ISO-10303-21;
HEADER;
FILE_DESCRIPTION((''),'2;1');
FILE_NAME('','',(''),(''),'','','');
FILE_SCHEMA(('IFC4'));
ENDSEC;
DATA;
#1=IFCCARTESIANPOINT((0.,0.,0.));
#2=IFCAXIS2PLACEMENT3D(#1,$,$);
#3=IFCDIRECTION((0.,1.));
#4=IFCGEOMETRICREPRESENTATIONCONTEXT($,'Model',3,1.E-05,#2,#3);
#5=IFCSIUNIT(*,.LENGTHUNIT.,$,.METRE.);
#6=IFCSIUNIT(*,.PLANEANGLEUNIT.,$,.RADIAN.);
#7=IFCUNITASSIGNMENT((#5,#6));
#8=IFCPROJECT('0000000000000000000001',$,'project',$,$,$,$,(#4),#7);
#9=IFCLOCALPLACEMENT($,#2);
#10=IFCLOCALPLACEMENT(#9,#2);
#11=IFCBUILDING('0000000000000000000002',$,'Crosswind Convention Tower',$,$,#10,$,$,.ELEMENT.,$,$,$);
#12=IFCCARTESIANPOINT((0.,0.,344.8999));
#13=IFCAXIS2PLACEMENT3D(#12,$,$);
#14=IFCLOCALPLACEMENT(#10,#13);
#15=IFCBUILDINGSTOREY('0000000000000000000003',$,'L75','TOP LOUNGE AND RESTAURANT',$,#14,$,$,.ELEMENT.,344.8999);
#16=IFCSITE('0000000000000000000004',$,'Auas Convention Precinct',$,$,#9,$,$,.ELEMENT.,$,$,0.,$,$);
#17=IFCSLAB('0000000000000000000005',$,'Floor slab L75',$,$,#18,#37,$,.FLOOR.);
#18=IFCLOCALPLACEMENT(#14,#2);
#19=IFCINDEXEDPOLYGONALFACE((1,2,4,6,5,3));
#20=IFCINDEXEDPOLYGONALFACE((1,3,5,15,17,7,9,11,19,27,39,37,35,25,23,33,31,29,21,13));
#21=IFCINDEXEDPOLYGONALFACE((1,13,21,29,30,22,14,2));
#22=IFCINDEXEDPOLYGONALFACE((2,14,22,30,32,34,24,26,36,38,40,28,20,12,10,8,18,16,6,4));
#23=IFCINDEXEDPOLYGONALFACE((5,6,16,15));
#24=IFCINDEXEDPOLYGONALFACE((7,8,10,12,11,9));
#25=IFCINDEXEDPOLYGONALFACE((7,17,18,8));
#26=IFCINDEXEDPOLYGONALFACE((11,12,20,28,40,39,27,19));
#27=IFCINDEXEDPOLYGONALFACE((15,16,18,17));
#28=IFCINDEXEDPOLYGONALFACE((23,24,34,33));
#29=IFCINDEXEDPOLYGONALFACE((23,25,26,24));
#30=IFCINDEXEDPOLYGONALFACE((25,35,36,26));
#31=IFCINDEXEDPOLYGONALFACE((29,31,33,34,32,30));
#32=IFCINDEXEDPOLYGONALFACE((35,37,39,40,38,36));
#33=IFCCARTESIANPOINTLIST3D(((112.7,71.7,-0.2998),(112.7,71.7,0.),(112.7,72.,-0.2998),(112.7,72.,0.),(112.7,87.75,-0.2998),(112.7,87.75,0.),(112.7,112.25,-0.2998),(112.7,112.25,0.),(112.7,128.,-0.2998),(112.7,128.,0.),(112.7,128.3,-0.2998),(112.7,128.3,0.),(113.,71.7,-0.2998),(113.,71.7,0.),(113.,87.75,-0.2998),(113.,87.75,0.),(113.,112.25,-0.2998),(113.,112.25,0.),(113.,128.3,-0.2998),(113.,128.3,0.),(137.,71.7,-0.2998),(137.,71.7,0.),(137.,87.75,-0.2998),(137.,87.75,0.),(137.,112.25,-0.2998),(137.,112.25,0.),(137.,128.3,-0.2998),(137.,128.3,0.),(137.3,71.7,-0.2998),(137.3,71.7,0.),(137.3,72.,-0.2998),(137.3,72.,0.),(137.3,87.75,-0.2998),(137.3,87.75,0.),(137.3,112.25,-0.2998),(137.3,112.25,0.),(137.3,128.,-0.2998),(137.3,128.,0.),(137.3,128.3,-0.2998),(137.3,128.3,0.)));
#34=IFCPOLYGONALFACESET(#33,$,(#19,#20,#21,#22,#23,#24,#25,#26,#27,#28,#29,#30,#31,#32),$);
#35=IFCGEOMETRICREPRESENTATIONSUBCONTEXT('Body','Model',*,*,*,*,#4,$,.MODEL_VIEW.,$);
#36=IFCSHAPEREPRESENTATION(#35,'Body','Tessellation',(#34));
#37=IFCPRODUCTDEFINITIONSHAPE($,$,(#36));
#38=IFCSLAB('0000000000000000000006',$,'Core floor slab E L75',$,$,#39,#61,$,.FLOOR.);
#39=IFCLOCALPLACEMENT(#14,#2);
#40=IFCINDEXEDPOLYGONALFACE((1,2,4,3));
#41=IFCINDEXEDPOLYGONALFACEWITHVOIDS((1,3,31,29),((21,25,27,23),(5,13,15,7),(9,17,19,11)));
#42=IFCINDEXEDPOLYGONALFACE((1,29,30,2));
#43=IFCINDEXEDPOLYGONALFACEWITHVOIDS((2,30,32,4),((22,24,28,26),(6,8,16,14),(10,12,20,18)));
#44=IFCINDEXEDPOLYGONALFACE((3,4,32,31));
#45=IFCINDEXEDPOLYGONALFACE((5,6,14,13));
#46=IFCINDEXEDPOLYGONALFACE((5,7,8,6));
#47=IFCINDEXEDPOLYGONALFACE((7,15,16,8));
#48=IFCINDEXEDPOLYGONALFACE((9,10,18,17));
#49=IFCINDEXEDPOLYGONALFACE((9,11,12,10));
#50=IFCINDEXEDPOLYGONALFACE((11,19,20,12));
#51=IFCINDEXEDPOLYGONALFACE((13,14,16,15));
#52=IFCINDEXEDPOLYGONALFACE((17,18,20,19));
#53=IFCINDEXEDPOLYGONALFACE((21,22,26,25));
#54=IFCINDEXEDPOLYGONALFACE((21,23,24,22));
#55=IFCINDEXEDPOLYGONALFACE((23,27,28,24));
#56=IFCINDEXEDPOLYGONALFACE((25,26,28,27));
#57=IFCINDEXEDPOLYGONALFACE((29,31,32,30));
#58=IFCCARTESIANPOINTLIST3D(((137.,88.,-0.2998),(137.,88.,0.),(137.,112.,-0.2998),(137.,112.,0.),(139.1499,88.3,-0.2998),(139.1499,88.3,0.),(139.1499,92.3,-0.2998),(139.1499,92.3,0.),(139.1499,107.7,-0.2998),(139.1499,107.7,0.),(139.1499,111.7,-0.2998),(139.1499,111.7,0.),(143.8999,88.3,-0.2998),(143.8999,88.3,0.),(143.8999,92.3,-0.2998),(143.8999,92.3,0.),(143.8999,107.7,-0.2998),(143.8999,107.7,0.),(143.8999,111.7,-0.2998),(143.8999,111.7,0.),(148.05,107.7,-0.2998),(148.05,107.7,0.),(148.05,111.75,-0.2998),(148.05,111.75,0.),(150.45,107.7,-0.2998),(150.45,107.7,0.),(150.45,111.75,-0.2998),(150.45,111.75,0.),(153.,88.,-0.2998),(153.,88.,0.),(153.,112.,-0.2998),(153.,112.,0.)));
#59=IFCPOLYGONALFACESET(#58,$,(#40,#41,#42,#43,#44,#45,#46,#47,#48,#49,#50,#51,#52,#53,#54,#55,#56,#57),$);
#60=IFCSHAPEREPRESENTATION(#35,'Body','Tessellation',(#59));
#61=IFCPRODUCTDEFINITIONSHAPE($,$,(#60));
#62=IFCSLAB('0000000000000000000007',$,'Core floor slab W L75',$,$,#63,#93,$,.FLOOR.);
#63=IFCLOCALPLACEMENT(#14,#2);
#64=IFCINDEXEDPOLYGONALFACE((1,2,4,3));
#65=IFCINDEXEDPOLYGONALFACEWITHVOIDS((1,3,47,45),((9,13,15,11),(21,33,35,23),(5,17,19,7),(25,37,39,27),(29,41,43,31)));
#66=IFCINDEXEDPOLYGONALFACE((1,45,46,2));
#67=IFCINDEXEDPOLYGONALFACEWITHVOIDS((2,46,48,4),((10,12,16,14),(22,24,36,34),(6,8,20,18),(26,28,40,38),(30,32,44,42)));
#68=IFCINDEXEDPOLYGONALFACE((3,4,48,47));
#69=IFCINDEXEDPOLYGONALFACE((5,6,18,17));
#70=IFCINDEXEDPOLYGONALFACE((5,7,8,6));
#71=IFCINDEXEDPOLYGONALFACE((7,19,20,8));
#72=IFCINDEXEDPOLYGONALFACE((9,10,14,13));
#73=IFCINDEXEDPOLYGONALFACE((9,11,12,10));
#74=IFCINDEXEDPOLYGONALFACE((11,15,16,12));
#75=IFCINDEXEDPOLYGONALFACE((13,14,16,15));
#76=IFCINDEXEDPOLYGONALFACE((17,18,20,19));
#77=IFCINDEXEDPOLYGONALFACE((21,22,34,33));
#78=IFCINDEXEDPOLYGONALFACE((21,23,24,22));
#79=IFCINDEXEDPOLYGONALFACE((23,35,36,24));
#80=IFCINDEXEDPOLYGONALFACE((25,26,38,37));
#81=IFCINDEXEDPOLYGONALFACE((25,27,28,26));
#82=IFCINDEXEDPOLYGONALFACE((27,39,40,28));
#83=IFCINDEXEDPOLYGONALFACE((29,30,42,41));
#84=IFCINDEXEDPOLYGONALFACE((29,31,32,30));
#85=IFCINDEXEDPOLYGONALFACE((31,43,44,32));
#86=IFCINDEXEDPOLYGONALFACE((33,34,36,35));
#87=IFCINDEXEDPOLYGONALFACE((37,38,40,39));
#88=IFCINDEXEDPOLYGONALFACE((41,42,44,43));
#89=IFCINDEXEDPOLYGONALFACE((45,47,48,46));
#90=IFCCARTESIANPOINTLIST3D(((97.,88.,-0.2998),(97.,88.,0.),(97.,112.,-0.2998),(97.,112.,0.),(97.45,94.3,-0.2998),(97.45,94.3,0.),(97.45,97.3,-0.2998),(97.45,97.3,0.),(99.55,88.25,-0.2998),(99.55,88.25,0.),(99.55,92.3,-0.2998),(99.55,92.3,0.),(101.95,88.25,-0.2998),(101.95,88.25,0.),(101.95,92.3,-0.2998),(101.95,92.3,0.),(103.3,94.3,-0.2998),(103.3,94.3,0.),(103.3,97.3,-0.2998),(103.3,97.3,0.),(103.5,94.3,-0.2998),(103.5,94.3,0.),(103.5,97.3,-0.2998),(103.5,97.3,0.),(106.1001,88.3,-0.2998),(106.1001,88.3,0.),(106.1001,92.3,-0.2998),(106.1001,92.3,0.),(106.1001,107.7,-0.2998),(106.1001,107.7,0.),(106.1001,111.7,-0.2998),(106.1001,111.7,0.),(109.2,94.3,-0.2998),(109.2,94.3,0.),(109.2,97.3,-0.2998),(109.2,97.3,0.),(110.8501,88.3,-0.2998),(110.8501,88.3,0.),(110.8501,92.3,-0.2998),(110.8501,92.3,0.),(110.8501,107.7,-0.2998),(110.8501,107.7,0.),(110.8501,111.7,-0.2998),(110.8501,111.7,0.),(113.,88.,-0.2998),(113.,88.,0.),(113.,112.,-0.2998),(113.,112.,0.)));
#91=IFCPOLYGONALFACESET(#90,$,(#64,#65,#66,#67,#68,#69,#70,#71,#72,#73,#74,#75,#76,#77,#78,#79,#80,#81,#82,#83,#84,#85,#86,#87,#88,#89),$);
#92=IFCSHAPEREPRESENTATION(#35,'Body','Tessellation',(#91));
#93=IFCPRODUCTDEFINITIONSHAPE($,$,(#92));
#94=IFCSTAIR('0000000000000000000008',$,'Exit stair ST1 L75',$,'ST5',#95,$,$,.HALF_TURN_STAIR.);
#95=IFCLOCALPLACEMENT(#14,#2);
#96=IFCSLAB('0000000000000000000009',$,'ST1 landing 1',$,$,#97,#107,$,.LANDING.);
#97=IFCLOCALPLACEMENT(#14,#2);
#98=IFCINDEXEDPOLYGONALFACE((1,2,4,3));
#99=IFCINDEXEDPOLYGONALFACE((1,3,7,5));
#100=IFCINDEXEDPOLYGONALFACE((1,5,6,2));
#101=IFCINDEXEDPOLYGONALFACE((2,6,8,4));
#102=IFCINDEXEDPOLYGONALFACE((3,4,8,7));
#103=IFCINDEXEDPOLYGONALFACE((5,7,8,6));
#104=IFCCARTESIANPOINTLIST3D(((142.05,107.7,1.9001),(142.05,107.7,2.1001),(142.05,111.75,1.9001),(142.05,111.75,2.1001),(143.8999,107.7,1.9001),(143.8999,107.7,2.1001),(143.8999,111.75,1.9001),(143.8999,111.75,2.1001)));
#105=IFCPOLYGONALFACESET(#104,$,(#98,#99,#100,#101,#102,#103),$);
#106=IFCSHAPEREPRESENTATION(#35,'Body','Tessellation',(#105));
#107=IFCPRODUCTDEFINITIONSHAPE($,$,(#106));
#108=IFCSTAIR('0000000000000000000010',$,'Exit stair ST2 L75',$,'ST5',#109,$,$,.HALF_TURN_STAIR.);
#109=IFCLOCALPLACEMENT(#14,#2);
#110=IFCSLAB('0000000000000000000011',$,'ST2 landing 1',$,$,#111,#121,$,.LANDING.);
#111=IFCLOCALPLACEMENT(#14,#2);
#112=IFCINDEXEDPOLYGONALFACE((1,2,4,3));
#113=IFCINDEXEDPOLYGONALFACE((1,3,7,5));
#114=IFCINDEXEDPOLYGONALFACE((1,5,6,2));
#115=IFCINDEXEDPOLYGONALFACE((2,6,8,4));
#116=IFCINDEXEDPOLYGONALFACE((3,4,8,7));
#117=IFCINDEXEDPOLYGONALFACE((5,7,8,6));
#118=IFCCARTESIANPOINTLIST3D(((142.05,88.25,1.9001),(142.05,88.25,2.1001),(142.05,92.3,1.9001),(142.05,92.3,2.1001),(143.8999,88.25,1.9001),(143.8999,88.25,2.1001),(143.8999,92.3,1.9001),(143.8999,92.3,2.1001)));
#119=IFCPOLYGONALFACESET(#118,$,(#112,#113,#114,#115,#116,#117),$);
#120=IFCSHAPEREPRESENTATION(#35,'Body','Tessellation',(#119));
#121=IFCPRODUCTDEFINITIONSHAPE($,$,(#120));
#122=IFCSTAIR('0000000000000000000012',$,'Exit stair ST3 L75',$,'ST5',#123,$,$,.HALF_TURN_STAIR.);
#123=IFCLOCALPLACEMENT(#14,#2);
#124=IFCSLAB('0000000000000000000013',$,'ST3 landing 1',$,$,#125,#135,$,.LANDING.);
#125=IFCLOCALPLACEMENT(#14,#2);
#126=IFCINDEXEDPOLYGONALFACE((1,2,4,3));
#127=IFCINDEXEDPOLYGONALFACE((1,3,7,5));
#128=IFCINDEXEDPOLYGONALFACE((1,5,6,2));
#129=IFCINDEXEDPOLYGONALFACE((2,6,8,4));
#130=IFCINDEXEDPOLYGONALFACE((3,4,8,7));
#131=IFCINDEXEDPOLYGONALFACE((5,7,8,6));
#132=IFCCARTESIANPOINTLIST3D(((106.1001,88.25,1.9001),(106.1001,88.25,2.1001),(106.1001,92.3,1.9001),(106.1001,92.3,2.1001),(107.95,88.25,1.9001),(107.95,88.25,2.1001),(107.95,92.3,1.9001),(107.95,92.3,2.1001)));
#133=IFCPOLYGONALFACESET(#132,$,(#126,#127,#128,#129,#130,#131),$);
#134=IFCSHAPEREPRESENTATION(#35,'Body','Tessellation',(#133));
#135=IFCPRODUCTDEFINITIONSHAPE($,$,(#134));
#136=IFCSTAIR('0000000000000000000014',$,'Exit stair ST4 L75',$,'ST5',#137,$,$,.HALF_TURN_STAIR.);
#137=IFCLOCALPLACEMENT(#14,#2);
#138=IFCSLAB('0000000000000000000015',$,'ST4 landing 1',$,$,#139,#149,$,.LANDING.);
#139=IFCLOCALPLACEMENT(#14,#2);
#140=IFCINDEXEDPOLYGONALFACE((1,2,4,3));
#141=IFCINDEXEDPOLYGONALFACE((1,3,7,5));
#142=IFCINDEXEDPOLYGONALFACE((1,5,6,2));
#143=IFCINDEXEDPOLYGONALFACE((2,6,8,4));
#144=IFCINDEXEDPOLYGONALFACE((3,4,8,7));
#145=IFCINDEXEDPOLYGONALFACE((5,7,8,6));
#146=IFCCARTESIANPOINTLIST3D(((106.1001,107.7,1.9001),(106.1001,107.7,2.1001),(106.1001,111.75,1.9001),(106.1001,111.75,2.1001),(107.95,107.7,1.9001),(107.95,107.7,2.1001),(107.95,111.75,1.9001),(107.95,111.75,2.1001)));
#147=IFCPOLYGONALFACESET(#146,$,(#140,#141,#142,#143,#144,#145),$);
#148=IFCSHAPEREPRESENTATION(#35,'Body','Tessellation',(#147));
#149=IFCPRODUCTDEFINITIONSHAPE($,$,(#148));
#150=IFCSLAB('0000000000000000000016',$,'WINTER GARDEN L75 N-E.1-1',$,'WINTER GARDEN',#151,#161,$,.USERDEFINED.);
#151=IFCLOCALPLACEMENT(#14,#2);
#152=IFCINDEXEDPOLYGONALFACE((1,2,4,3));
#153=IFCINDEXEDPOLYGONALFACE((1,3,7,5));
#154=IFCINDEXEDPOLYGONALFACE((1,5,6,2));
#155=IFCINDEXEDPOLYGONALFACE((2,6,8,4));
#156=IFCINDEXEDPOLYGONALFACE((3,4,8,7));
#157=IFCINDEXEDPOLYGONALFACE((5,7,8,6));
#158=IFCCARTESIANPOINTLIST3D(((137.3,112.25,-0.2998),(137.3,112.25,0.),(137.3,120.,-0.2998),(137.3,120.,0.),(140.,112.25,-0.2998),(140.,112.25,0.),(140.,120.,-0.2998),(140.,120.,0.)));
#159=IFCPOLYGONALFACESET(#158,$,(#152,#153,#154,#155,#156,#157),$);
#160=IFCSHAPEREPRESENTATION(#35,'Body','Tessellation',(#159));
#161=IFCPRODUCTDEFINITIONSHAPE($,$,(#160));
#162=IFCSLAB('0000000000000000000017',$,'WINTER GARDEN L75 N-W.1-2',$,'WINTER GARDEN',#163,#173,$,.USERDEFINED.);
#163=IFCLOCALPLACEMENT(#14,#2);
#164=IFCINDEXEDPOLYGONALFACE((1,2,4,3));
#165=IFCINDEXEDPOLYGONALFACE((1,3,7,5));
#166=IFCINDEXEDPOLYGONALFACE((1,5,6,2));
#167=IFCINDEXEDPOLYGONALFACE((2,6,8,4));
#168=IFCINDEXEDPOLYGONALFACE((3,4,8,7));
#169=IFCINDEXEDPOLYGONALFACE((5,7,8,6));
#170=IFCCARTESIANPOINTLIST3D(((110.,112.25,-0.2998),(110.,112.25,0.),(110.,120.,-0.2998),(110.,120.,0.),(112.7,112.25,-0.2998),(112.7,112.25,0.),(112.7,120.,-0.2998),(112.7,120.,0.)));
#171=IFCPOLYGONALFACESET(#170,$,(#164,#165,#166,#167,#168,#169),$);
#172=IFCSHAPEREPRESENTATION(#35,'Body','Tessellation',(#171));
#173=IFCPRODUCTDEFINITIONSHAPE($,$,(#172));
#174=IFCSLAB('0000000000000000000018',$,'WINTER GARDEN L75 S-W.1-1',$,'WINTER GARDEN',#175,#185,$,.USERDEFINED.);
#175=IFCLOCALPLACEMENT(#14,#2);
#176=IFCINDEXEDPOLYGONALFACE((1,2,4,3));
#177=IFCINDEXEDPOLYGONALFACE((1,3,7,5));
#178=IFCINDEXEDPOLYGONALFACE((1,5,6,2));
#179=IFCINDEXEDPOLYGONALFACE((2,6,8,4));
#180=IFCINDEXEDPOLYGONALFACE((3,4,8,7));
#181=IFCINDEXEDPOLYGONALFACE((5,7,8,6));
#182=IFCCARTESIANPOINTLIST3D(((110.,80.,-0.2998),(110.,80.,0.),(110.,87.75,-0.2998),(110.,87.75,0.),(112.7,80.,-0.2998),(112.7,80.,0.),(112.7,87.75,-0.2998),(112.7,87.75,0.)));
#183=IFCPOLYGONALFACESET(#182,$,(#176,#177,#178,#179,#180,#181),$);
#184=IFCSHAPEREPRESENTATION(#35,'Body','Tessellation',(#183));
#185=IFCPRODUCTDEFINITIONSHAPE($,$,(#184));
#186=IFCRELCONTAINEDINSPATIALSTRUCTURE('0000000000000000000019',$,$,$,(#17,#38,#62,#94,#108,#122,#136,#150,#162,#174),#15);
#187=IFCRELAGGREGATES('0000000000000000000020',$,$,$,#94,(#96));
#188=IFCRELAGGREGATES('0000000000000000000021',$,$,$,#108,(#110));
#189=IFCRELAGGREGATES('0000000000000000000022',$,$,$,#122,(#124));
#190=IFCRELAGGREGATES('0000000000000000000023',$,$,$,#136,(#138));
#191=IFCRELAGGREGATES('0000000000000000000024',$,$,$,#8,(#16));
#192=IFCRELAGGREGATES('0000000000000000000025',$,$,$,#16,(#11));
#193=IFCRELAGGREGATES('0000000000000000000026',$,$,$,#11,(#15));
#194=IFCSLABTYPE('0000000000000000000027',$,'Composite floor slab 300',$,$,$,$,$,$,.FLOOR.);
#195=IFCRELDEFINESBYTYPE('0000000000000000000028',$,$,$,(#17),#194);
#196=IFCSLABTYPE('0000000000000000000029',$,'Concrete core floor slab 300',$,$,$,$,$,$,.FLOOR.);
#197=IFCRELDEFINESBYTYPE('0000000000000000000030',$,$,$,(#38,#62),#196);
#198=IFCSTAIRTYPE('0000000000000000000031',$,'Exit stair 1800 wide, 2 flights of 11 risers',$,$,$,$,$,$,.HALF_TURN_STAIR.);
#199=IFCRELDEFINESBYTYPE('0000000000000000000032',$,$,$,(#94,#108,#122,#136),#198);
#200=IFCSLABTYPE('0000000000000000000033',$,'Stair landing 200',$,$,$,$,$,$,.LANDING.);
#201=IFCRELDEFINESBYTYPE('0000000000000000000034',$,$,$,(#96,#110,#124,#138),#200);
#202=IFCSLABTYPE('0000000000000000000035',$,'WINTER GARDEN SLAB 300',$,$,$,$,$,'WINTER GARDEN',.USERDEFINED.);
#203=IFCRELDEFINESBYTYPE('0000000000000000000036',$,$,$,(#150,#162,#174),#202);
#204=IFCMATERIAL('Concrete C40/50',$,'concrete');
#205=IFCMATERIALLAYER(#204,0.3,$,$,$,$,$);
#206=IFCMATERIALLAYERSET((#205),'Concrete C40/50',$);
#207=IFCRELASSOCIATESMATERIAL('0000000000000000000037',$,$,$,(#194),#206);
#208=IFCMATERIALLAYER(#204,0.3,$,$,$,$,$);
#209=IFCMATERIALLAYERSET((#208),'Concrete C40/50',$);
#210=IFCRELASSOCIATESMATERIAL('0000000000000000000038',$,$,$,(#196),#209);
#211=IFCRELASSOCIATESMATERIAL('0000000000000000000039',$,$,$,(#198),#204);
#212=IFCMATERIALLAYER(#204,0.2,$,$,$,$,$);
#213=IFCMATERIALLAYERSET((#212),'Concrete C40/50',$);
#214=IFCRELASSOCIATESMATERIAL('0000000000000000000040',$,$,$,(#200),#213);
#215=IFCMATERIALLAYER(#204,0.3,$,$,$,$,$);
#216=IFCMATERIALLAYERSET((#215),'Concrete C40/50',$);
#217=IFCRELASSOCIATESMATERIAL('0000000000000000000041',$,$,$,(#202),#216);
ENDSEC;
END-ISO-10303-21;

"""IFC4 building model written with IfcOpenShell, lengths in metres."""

from ifc_helpers import new_model, si_unit, direction, frame, origin, place, context, subcontext, project, spatial, polyline, outline, extrude, material, layer, layer_set, type_object, element, aggregate, save


model = new_model("IFC4")

# Units and contexts
model_context = context("Model", 3, precision=1e-05, world=origin(), true_north=direction((0.0, 1.0)))
body_context = subcontext(model_context, "Body", "Model", "MODEL_VIEW")
ifc_project = project(units=[si_unit("LENGTHUNIT", "METRE"), si_unit("PLANEANGLEUNIT", "RADIAN")], contexts=[model_context])

# Site, building, storey
site_placement = place(None, origin())
site = spatial("IfcSite", under=ifc_project, at=site_placement, Name="Auas Convention Precinct", CompositionType="ELEMENT", RefElevation=0.0)
building_placement = place(site_placement, origin())
building = spatial("IfcBuilding", under=site, at=building_placement, Name="Crosswind Convention Tower", CompositionType="ELEMENT")
storey_placement = place(building_placement, frame((0.0, 0.0, 344.8999)))
storey = spatial("IfcBuildingStorey", under=building, at=storey_placement, Name="L75", Description="TOP LOUNGE AND RESTAURANT", CompositionType="ELEMENT", Elevation=344.8999)

# Slabs
ifc_material_1 = material(Name="Concrete C40/50", Category="concrete")
ifc_layer_1 = layer(ifc_material_1, 0.3)
ifc_layer_set_1 = layer_set([ifc_layer_1], Name="Concrete C40/50")
slab_type_1 = type_object("IfcSlabType", Name="Composite floor slab 300", PredefinedType="FLOOR", material=ifc_layer_set_1)
slab_1_placement = place(storey_placement, frame((0.0, 0.0, -0.2998)))
element("IfcSlab", 1, at=slab_1_placement, inside=storey, type_object=slab_type_1, Name="Floor slab L75", PredefinedType="FLOOR", context=body_context, shape_type="SweptSolid", body=[
    extrude(outline(polyline([(137.3, 71.7), (137.0, 71.7), (113.0, 71.7), (112.7, 71.7), (112.7, 72.0), (112.7, 87.75), (113.0, 87.75), (113.0, 112.25), (112.7, 112.25), (112.7, 128.0), (112.7, 128.3), (113.0, 128.3), (137.0, 128.3), (137.3, 128.3), (137.3, 128.0), (137.3, 112.25), (137.0, 112.25), (137.0, 87.75), (137.3, 87.75), (137.3, 72.0), (137.3, 71.7)])), origin(), (0.0, 0.0, 1.0), 0.2998),
])
ifc_layer_2 = layer(ifc_material_1, 0.3)
ifc_layer_set_2 = layer_set([ifc_layer_2], Name="Concrete C40/50")
slab_type_2 = type_object("IfcSlabType", Name="Concrete core floor slab 300", PredefinedType="FLOOR", material=ifc_layer_set_2)
slab_2_placement = place(storey_placement, frame((0.0, 0.0, -0.2998)))
element("IfcSlab", 2, at=slab_2_placement, inside=storey, type_object=slab_type_2, Name="Core floor slab E L75", PredefinedType="FLOOR", context=body_context, shape_type="SweptSolid", body=[
    extrude(outline(polyline([(137.0, 88.0), (153.0, 88.0), (153.0, 112.0), (137.0, 112.0), (137.0, 88.0)]), holes=[polyline([(150.45, 107.7), (150.45, 111.75), (148.05, 111.75), (148.05, 107.7), (150.45, 107.7)]), polyline([(143.8999, 107.7), (143.8999, 111.7), (139.1499, 111.7), (139.1499, 107.7), (143.8999, 107.7)]), polyline([(143.8999, 88.3), (143.8999, 92.3), (139.1499, 92.3), (139.1499, 88.3), (143.8999, 88.3)])]), origin(), (0.0, 0.0, 1.0), 0.2998),
])
slab_3_placement = place(storey_placement, frame((0.0, 0.0, -0.2998)))
element("IfcSlab", 3, at=slab_3_placement, inside=storey, type_object=slab_type_2, Name="Core floor slab W L75", PredefinedType="FLOOR", context=body_context, shape_type="SweptSolid", body=[
    extrude(outline(polyline([(97.0, 88.0), (113.0, 88.0), (113.0, 112.0), (97.0, 112.0), (97.0, 88.0)]), holes=[polyline([(109.2, 94.3), (109.2, 97.3), (103.5, 97.3), (103.5, 94.3), (109.2, 94.3)]), polyline([(103.3, 94.3), (103.3, 97.3), (97.45, 97.3), (97.45, 94.3), (103.3, 94.3)]), polyline([(101.95, 88.25), (101.95, 92.3), (99.55, 92.3), (99.55, 88.25), (101.95, 88.25)]), polyline([(110.8501, 88.3), (110.8501, 92.3), (106.1001, 92.3), (106.1001, 88.3), (110.8501, 88.3)]), polyline([(110.8501, 107.7), (110.8501, 111.7), (106.1001, 111.7), (106.1001, 107.7), (110.8501, 107.7)])]), origin(), (0.0, 0.0, 1.0), 0.2998),
])

# Stairs, slabs
stair_type = type_object("IfcStairType", Name="Exit stair 1800 wide, 2 flights of 11 risers", PredefinedType="HALF_TURN_STAIR", material=ifc_material_1)
stair_1_placement = place(storey_placement, origin())
stair_1 = element("IfcStair", 4, at=stair_1_placement, inside=storey, type_object=stair_type, Name="Exit stair ST1 L75", ObjectType="ST5", PredefinedType="HALF_TURN_STAIR")
ifc_layer_3 = layer(ifc_material_1, 0.2)
ifc_layer_set_3 = layer_set([ifc_layer_3], Name="Concrete C40/50")
slab_type_3 = type_object("IfcSlabType", Name="Stair landing 200", PredefinedType="LANDING", material=ifc_layer_set_3)
slab_4_placement = place(storey_placement, frame((0.0, 0.0, 1.9001)))
slab_4 = element("IfcSlab", 5, at=slab_4_placement, type_object=slab_type_3, Name="ST1 landing 1", PredefinedType="LANDING", context=body_context, shape_type="SweptSolid", body=[
    extrude(outline(polyline([(143.8999, 107.7), (143.8999, 111.75), (142.05, 111.75), (142.05, 107.7), (143.8999, 107.7)])), origin(), (0.0, 0.0, 1.0), 0.2),
])
aggregate(stair_1, [slab_4])
stair_2_placement = place(storey_placement, origin())
stair_2 = element("IfcStair", 6, at=stair_2_placement, inside=storey, type_object=stair_type, Name="Exit stair ST2 L75", ObjectType="ST5", PredefinedType="HALF_TURN_STAIR")
slab_5_placement = place(storey_placement, frame((0.0, 0.0, 1.9001)))
slab_5 = element("IfcSlab", 7, at=slab_5_placement, type_object=slab_type_3, Name="ST2 landing 1", PredefinedType="LANDING", context=body_context, shape_type="SweptSolid", body=[
    extrude(outline(polyline([(143.8999, 88.25), (143.8999, 92.3), (142.05, 92.3), (142.05, 88.25), (143.8999, 88.25)])), origin(), (0.0, 0.0, 1.0), 0.2),
])
aggregate(stair_2, [slab_5])
stair_3_placement = place(storey_placement, origin())
stair_3 = element("IfcStair", 8, at=stair_3_placement, inside=storey, type_object=stair_type, Name="Exit stair ST3 L75", ObjectType="ST5", PredefinedType="HALF_TURN_STAIR")
slab_6_placement = place(storey_placement, frame((0.0, 0.0, 1.9001)))
slab_6 = element("IfcSlab", 9, at=slab_6_placement, type_object=slab_type_3, Name="ST3 landing 1", PredefinedType="LANDING", context=body_context, shape_type="SweptSolid", body=[
    extrude(outline(polyline([(107.95, 88.25), (107.95, 92.3), (106.1001, 92.3), (106.1001, 88.25), (107.95, 88.25)])), origin(), (0.0, 0.0, 1.0), 0.2),
])
aggregate(stair_3, [slab_6])
stair_4_placement = place(storey_placement, origin())
stair_4 = element("IfcStair", 10, at=stair_4_placement, inside=storey, type_object=stair_type, Name="Exit stair ST4 L75", ObjectType="ST5", PredefinedType="HALF_TURN_STAIR")
slab_7_placement = place(storey_placement, frame((0.0, 0.0, 1.9001)))
slab_7 = element("IfcSlab", 11, at=slab_7_placement, type_object=slab_type_3, Name="ST4 landing 1", PredefinedType="LANDING", context=body_context, shape_type="SweptSolid", body=[
    extrude(outline(polyline([(107.95, 107.7), (107.95, 111.75), (106.1001, 111.75), (106.1001, 107.7), (107.95, 107.7)])), origin(), (0.0, 0.0, 1.0), 0.2),
])
aggregate(stair_4, [slab_7])

# Slabs
ifc_layer_4 = layer(ifc_material_1, 0.3)
ifc_layer_set_4 = layer_set([ifc_layer_4], Name="Concrete C40/50")
slab_type_4 = type_object("IfcSlabType", Name="WINTER GARDEN SLAB 300", ElementType="WINTER GARDEN", PredefinedType="USERDEFINED", material=ifc_layer_set_4)
slab_8_placement = place(storey_placement, frame((0.0, 0.0, -0.2998)))
element("IfcSlab", 12, at=slab_8_placement, inside=storey, type_object=slab_type_4, Name="WINTER GARDEN L75 N-E.1-1", ObjectType="WINTER GARDEN", PredefinedType="USERDEFINED", context=body_context, shape_type="SweptSolid", body=[
    extrude(outline(polyline([(137.3, 112.25), (137.3, 120.0), (140.0, 120.0), (140.0, 112.25), (137.3, 112.25)])), origin(), (0.0, 0.0, 1.0), 0.2998),
])
slab_9_placement = place(storey_placement, frame((0.0, 0.0, -0.2998)))
element("IfcSlab", 13, at=slab_9_placement, inside=storey, type_object=slab_type_4, Name="WINTER GARDEN L75 N-W.1-2", ObjectType="WINTER GARDEN", PredefinedType="USERDEFINED", context=body_context, shape_type="SweptSolid", body=[
    extrude(outline(polyline([(112.7, 120.0), (112.7, 112.25), (110.0, 112.25), (110.0, 120.0), (112.7, 120.0)])), origin(), (0.0, 0.0, 1.0), 0.2998),
])
slab_10_placement = place(storey_placement, frame((0.0, 0.0, -0.2998)))
element("IfcSlab", 14, at=slab_10_placement, inside=storey, type_object=slab_type_4, Name="WINTER GARDEN L75 S-W.1-1", ObjectType="WINTER GARDEN", PredefinedType="USERDEFINED", context=body_context, shape_type="SweptSolid", body=[
    extrude(outline(polyline([(112.7, 87.75), (112.7, 80.0), (110.0, 80.0), (110.0, 87.75), (112.7, 87.75)])), origin(), (0.0, 0.0, 1.0), 0.2998),
])

save(model, "model.ifc")
